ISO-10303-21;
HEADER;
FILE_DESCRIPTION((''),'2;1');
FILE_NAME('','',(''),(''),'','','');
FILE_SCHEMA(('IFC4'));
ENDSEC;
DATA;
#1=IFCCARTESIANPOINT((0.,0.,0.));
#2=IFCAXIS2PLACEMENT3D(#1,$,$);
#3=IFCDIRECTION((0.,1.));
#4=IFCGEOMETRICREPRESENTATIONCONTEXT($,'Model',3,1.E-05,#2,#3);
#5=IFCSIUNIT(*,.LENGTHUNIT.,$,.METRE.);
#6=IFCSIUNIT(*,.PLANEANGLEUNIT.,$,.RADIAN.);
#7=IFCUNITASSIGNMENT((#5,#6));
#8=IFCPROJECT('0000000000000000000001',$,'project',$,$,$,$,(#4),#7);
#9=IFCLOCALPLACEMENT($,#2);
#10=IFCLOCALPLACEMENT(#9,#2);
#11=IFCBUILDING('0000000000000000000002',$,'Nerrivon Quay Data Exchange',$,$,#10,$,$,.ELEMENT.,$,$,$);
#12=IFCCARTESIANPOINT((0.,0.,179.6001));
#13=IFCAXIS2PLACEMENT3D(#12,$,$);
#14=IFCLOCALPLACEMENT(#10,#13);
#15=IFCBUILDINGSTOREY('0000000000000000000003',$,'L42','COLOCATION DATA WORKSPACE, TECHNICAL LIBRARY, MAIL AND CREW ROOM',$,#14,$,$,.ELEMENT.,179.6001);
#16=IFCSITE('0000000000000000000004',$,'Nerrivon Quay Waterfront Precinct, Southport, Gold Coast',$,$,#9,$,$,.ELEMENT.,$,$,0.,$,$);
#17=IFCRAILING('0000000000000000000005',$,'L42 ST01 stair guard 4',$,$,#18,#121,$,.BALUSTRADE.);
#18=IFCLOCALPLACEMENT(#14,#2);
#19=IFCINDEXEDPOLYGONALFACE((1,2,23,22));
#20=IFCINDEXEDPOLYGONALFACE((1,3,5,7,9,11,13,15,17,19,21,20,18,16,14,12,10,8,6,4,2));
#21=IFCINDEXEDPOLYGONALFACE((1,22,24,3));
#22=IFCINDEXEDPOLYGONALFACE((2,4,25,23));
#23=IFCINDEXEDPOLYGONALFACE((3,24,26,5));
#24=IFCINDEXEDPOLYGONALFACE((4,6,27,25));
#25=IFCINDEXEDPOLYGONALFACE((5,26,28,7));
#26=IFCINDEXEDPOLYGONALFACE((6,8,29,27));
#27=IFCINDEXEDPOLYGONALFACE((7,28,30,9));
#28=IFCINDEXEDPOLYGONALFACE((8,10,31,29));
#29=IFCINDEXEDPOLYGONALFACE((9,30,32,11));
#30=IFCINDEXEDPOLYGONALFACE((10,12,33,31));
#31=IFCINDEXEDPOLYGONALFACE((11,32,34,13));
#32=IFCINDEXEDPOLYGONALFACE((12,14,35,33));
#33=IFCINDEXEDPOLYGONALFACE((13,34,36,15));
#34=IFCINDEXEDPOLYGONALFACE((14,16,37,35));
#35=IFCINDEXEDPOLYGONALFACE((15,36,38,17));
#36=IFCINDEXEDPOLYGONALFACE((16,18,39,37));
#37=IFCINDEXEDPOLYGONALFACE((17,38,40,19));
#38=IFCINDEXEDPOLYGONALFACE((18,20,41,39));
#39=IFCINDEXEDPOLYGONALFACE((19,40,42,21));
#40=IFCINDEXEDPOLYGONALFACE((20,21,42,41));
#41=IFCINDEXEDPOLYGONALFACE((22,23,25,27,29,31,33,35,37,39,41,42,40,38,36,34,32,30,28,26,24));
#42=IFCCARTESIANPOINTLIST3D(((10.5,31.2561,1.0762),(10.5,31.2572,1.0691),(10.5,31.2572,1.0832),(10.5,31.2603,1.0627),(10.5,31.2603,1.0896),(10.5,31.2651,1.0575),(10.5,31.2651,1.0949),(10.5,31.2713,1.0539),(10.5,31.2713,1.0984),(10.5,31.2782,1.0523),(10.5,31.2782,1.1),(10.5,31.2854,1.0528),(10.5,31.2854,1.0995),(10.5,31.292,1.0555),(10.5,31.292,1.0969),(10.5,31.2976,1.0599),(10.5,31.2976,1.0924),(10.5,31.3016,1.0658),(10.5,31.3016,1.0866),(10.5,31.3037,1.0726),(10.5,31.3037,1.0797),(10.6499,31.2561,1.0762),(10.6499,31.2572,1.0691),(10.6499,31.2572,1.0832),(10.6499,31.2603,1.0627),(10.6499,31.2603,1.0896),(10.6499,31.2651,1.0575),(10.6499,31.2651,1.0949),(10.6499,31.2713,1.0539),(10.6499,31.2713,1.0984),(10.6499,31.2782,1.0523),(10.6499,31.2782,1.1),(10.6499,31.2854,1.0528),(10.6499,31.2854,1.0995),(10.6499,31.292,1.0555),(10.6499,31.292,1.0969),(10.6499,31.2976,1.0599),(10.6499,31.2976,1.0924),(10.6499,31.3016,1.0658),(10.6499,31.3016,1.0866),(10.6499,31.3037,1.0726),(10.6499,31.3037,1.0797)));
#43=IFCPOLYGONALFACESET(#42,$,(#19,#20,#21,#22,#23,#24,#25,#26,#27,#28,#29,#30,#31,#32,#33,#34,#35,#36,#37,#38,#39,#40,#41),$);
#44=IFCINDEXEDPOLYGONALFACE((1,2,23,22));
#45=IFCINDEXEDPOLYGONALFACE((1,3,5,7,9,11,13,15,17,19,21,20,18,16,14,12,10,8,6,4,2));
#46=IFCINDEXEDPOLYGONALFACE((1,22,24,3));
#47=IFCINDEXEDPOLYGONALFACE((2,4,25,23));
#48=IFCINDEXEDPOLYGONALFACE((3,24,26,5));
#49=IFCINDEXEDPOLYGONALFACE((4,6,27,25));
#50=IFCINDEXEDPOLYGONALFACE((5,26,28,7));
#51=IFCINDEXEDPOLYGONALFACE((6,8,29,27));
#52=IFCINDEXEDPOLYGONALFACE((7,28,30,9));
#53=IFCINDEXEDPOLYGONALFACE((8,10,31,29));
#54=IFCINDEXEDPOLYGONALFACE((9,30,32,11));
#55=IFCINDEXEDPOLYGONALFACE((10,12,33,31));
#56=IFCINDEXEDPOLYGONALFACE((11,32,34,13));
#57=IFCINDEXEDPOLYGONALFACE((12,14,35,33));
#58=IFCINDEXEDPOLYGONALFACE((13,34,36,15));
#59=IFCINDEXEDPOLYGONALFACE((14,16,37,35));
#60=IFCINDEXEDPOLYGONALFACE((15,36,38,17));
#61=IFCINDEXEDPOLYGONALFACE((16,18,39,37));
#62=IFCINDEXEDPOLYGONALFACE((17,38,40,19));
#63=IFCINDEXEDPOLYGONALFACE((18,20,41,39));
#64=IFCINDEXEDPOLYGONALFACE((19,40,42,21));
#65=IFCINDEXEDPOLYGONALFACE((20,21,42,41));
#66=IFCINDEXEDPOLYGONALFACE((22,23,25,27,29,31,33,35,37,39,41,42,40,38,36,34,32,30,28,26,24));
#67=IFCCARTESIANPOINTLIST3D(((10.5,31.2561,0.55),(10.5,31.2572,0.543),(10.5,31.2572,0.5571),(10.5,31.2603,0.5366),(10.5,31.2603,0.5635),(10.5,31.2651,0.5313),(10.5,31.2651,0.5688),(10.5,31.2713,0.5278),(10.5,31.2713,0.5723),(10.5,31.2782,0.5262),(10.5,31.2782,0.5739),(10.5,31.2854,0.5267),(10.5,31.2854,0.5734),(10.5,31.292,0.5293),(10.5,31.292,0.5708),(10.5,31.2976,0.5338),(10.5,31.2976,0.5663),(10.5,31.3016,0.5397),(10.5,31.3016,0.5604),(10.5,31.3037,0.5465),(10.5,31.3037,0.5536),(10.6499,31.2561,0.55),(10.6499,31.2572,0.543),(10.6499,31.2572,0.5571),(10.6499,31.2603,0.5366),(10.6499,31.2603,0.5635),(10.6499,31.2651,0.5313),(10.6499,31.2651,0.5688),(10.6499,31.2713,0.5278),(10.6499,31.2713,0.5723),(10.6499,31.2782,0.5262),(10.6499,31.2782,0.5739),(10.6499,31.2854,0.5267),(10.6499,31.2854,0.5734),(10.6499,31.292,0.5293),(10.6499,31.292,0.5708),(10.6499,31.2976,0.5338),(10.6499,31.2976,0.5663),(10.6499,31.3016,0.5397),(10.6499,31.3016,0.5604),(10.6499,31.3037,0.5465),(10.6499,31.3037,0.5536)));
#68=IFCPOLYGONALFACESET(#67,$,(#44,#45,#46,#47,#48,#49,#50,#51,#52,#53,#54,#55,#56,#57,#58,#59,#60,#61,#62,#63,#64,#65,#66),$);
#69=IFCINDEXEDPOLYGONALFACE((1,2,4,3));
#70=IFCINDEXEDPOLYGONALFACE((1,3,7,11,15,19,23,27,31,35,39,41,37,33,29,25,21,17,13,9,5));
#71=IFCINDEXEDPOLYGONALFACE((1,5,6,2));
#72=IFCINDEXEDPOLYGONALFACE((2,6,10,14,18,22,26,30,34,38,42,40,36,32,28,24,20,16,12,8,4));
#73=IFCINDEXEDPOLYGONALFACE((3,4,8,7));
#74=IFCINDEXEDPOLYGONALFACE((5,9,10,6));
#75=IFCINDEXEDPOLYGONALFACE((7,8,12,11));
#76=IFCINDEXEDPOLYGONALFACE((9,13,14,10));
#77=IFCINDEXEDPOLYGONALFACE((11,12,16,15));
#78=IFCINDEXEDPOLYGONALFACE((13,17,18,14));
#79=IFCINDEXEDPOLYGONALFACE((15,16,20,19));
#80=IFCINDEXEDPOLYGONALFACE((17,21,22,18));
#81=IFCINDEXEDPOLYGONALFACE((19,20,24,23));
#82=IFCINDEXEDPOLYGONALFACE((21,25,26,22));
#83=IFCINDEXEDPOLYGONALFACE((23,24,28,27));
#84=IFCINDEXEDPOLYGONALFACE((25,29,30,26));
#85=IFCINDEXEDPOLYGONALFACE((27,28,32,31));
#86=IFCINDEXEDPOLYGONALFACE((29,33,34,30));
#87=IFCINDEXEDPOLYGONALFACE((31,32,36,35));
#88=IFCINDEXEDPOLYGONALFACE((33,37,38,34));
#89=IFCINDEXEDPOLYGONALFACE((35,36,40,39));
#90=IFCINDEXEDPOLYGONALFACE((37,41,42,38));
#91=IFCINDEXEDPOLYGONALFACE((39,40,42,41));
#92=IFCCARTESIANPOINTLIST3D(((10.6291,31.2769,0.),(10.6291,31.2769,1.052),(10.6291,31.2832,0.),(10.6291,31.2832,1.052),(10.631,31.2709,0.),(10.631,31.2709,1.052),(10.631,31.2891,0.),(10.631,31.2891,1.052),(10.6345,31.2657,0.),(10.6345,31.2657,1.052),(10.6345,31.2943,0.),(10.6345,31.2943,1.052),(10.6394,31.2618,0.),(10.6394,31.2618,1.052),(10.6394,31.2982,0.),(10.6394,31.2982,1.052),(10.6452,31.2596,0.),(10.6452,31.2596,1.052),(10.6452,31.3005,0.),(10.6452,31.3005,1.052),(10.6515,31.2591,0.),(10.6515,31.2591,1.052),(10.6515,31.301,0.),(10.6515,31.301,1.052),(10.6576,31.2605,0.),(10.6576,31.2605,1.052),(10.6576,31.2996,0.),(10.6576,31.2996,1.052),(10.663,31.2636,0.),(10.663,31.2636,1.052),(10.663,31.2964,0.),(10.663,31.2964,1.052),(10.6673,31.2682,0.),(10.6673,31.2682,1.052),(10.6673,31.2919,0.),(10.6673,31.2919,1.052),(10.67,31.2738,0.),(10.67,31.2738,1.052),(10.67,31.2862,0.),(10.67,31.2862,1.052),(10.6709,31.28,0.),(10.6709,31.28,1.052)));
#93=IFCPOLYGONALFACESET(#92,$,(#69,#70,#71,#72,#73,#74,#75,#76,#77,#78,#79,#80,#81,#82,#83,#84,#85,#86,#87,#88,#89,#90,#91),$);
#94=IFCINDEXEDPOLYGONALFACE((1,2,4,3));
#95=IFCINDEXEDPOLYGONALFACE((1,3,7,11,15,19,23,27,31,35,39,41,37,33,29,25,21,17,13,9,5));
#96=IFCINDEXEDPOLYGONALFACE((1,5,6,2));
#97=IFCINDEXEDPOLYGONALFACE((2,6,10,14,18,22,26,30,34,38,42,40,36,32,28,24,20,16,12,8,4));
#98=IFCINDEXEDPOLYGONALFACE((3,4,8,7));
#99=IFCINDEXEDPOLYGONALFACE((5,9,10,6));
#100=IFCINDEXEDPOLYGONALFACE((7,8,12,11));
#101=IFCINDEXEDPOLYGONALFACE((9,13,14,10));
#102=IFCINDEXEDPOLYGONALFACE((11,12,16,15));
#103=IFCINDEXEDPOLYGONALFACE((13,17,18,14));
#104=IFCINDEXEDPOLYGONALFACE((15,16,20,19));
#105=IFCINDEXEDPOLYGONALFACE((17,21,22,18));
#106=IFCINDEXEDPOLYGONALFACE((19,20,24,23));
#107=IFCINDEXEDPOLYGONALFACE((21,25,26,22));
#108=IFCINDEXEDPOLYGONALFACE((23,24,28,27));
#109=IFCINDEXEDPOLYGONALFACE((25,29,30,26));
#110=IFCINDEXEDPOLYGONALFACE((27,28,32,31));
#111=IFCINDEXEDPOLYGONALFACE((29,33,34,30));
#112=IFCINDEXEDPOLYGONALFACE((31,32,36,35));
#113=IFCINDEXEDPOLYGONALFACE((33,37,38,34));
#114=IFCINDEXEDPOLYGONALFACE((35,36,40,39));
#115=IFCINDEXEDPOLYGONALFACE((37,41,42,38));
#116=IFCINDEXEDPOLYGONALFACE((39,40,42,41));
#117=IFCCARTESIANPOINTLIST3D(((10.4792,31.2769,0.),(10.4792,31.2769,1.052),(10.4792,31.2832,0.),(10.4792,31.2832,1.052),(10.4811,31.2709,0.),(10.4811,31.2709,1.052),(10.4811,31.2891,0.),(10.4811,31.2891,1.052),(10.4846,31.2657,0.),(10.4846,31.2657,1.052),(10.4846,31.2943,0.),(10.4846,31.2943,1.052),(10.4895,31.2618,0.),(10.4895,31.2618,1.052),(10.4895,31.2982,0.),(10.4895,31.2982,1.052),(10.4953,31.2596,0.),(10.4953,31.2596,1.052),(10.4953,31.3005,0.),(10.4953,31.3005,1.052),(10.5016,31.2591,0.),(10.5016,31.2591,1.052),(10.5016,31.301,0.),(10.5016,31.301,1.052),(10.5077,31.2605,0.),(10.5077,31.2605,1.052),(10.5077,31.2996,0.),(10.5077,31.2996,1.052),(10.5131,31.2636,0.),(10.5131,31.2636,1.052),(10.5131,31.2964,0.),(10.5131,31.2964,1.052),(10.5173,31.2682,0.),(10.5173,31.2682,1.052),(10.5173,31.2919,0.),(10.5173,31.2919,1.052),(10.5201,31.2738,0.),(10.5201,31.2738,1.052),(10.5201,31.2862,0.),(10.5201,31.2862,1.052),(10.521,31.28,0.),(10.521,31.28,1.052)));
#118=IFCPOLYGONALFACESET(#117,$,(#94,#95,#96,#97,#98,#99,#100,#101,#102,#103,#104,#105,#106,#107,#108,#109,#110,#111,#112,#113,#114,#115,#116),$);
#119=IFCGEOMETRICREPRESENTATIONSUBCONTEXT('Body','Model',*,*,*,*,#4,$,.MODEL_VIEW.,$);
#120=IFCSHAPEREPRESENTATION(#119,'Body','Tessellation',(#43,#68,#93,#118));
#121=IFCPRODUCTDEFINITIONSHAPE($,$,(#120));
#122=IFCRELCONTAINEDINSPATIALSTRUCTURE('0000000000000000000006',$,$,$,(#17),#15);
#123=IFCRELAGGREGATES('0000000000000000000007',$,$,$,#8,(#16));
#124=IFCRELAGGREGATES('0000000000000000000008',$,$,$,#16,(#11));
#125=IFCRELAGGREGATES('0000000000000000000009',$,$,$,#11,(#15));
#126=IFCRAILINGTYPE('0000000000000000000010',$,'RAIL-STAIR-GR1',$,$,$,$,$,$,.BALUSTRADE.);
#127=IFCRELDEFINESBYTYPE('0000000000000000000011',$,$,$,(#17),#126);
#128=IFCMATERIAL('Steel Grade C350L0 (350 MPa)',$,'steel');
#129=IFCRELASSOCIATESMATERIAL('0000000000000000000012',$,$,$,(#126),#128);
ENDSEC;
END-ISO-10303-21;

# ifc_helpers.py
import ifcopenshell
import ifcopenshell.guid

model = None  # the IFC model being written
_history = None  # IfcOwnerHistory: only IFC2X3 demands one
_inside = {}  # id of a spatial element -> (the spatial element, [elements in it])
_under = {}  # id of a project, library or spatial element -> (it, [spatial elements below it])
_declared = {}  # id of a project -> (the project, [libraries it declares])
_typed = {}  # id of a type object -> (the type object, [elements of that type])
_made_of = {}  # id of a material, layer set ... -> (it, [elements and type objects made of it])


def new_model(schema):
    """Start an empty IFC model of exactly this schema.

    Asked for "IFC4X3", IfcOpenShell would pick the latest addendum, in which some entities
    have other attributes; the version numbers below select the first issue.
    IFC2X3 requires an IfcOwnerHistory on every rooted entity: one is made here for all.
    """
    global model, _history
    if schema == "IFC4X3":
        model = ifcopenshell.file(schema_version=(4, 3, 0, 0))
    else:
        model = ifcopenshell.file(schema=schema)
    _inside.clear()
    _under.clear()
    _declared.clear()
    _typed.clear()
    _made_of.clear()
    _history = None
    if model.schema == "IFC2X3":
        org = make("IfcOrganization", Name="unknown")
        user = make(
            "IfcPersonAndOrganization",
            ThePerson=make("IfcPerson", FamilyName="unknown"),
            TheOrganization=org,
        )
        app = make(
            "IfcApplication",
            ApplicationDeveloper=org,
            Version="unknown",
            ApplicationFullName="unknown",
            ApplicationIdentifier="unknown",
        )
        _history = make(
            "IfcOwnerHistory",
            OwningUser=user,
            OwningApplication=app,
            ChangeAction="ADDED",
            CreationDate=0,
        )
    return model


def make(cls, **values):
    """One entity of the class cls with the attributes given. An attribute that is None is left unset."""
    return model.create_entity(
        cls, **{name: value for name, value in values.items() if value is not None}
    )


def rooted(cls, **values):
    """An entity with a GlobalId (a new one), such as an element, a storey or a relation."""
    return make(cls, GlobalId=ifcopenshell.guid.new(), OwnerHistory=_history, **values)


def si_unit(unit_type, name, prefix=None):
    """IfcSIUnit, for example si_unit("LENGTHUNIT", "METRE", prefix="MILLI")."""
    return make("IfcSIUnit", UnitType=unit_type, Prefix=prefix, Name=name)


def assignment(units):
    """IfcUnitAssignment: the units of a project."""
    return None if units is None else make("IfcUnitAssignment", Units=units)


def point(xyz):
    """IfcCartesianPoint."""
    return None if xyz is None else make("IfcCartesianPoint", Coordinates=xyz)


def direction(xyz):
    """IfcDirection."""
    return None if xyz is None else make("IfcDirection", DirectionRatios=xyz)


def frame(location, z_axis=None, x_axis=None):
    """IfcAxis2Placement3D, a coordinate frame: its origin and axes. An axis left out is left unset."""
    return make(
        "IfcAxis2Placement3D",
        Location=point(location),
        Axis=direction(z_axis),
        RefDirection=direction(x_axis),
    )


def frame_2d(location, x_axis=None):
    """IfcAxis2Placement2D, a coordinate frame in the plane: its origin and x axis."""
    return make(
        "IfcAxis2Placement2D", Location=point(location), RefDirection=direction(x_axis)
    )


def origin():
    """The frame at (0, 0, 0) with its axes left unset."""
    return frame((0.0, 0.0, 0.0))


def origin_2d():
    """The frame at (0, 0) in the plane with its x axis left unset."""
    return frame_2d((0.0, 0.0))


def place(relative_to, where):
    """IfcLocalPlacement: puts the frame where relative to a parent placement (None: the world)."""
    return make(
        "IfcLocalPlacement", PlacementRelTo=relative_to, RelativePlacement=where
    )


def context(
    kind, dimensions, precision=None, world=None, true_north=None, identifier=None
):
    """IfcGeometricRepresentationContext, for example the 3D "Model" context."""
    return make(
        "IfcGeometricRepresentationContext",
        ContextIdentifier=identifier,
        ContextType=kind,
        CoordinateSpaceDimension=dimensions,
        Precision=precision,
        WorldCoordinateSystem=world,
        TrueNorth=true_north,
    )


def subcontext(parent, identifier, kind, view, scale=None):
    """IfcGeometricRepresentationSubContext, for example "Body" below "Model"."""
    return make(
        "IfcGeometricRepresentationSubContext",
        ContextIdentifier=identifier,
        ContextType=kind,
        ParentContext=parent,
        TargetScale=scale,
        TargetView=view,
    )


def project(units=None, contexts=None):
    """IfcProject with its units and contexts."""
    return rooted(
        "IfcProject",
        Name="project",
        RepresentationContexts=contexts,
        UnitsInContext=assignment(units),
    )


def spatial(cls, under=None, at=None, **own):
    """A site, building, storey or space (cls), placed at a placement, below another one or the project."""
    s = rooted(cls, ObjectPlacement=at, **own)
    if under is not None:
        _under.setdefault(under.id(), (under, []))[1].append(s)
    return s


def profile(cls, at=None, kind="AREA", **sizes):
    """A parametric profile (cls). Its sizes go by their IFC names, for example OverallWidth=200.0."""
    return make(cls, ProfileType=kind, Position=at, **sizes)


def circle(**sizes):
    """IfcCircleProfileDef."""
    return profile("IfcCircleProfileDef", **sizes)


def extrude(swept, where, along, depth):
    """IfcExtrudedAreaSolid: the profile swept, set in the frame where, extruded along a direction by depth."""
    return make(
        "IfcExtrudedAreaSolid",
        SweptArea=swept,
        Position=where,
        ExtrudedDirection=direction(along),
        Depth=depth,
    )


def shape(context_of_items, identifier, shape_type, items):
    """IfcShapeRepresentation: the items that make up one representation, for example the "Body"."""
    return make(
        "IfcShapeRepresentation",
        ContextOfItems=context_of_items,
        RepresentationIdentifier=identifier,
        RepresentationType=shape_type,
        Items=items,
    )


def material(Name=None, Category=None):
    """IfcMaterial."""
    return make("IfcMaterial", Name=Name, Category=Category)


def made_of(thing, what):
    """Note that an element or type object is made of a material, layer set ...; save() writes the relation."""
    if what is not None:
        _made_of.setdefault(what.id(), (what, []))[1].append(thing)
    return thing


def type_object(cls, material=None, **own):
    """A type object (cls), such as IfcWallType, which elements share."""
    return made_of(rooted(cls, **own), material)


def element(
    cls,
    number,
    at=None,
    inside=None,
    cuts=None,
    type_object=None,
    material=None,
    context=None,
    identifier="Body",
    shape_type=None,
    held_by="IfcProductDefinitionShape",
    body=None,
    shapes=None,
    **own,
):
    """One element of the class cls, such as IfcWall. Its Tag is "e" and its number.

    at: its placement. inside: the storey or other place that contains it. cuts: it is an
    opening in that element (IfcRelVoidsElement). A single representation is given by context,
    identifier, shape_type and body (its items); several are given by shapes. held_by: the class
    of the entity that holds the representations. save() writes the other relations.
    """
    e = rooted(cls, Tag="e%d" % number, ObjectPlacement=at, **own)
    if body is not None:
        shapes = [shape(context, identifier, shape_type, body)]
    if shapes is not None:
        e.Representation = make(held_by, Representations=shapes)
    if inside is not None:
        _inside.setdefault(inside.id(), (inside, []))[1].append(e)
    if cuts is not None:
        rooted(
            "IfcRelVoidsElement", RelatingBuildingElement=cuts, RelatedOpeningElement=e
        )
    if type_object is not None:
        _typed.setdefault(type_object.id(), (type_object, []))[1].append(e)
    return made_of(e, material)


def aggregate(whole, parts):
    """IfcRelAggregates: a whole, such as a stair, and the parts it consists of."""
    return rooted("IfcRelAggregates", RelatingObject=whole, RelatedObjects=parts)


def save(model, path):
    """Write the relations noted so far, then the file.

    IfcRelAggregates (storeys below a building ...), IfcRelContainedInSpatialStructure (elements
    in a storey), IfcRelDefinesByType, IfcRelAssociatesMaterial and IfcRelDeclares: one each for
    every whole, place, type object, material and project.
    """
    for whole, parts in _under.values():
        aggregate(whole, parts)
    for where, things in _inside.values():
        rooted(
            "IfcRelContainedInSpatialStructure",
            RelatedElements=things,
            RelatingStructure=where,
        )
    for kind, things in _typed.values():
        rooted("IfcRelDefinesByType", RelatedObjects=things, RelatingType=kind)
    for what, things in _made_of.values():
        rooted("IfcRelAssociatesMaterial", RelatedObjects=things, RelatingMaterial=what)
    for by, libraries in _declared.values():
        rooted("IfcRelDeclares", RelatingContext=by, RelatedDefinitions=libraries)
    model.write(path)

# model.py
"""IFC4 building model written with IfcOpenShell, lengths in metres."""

from ifc_helpers import new_model, si_unit, direction, frame, origin, origin_2d, place, context, subcontext, project, spatial, circle, extrude, material, type_object, element, save


model = new_model("IFC4")

# Units and contexts
model_context = context("Model", 3, precision=1e-05, world=origin(), true_north=direction((0.0, 1.0)))
body_context = subcontext(model_context, "Body", "Model", "MODEL_VIEW")
ifc_project = project(units=[si_unit("LENGTHUNIT", "METRE"), si_unit("PLANEANGLEUNIT", "RADIAN")], contexts=[model_context])

# Site, building, storey
site_placement = place(None, origin())
site = spatial("IfcSite", under=ifc_project, at=site_placement, Name="Nerrivon Quay Waterfront Precinct, Southport, Gold Coast", CompositionType="ELEMENT", RefElevation=0.0)
building_placement = place(site_placement, origin())
building = spatial("IfcBuilding", under=site, at=building_placement, Name="Nerrivon Quay Data Exchange", CompositionType="ELEMENT")
storey_placement = place(building_placement, frame((0.0, 0.0, 179.6001)))
storey = spatial("IfcBuildingStorey", under=building, at=storey_placement, Name="L42", Description="COLOCATION DATA WORKSPACE, TECHNICAL LIBRARY, MAIL AND CREW ROOM", CompositionType="ELEMENT", Elevation=179.6001)

# Railing
ifc_material_1 = material(Name="Steel Grade C350L0 (350 MPa)", Category="steel")
railing_type_1 = type_object("IfcRailingType", Name="RAIL-STAIR-GR1", PredefinedType="BALUSTRADE", material=ifc_material_1)
railing_1_placement = place(storey_placement, frame((10.6499, 31.28, 0.0)))
element("IfcRailing", 1, at=railing_1_placement, inside=storey, type_object=railing_type_1, Name="L42 ST01 stair guard 4", PredefinedType="BALUSTRADE", context=body_context, shape_type="SweptSolid", body=[
    extrude(circle(Radius=0.0239, at=origin_2d()), frame((0.0, 0.0, 1.0762), z_axis=(-1.0, 0.0, 0.0), x_axis=(0.0, -1.0, 0.0)), (0.0, 0.0, 1.0), 0.1499),
    extrude(circle(Radius=0.0239, at=origin_2d()), frame((0.0, 0.0, 0.55), z_axis=(-1.0, 0.0, 0.0), x_axis=(0.0, -1.0, 0.0)), (0.0, 0.0, 1.0), 0.1499),
    extrude(circle(Radius=0.021, at=origin_2d()), origin(), (0.0, 0.0, 1.0), 1.052),
    extrude(circle(Radius=0.021, at=origin_2d()), frame((-0.1499, 0.0, 0.0)), (0.0, 0.0, 1.0), 1.052),
])

save(model, "model.ifc")
